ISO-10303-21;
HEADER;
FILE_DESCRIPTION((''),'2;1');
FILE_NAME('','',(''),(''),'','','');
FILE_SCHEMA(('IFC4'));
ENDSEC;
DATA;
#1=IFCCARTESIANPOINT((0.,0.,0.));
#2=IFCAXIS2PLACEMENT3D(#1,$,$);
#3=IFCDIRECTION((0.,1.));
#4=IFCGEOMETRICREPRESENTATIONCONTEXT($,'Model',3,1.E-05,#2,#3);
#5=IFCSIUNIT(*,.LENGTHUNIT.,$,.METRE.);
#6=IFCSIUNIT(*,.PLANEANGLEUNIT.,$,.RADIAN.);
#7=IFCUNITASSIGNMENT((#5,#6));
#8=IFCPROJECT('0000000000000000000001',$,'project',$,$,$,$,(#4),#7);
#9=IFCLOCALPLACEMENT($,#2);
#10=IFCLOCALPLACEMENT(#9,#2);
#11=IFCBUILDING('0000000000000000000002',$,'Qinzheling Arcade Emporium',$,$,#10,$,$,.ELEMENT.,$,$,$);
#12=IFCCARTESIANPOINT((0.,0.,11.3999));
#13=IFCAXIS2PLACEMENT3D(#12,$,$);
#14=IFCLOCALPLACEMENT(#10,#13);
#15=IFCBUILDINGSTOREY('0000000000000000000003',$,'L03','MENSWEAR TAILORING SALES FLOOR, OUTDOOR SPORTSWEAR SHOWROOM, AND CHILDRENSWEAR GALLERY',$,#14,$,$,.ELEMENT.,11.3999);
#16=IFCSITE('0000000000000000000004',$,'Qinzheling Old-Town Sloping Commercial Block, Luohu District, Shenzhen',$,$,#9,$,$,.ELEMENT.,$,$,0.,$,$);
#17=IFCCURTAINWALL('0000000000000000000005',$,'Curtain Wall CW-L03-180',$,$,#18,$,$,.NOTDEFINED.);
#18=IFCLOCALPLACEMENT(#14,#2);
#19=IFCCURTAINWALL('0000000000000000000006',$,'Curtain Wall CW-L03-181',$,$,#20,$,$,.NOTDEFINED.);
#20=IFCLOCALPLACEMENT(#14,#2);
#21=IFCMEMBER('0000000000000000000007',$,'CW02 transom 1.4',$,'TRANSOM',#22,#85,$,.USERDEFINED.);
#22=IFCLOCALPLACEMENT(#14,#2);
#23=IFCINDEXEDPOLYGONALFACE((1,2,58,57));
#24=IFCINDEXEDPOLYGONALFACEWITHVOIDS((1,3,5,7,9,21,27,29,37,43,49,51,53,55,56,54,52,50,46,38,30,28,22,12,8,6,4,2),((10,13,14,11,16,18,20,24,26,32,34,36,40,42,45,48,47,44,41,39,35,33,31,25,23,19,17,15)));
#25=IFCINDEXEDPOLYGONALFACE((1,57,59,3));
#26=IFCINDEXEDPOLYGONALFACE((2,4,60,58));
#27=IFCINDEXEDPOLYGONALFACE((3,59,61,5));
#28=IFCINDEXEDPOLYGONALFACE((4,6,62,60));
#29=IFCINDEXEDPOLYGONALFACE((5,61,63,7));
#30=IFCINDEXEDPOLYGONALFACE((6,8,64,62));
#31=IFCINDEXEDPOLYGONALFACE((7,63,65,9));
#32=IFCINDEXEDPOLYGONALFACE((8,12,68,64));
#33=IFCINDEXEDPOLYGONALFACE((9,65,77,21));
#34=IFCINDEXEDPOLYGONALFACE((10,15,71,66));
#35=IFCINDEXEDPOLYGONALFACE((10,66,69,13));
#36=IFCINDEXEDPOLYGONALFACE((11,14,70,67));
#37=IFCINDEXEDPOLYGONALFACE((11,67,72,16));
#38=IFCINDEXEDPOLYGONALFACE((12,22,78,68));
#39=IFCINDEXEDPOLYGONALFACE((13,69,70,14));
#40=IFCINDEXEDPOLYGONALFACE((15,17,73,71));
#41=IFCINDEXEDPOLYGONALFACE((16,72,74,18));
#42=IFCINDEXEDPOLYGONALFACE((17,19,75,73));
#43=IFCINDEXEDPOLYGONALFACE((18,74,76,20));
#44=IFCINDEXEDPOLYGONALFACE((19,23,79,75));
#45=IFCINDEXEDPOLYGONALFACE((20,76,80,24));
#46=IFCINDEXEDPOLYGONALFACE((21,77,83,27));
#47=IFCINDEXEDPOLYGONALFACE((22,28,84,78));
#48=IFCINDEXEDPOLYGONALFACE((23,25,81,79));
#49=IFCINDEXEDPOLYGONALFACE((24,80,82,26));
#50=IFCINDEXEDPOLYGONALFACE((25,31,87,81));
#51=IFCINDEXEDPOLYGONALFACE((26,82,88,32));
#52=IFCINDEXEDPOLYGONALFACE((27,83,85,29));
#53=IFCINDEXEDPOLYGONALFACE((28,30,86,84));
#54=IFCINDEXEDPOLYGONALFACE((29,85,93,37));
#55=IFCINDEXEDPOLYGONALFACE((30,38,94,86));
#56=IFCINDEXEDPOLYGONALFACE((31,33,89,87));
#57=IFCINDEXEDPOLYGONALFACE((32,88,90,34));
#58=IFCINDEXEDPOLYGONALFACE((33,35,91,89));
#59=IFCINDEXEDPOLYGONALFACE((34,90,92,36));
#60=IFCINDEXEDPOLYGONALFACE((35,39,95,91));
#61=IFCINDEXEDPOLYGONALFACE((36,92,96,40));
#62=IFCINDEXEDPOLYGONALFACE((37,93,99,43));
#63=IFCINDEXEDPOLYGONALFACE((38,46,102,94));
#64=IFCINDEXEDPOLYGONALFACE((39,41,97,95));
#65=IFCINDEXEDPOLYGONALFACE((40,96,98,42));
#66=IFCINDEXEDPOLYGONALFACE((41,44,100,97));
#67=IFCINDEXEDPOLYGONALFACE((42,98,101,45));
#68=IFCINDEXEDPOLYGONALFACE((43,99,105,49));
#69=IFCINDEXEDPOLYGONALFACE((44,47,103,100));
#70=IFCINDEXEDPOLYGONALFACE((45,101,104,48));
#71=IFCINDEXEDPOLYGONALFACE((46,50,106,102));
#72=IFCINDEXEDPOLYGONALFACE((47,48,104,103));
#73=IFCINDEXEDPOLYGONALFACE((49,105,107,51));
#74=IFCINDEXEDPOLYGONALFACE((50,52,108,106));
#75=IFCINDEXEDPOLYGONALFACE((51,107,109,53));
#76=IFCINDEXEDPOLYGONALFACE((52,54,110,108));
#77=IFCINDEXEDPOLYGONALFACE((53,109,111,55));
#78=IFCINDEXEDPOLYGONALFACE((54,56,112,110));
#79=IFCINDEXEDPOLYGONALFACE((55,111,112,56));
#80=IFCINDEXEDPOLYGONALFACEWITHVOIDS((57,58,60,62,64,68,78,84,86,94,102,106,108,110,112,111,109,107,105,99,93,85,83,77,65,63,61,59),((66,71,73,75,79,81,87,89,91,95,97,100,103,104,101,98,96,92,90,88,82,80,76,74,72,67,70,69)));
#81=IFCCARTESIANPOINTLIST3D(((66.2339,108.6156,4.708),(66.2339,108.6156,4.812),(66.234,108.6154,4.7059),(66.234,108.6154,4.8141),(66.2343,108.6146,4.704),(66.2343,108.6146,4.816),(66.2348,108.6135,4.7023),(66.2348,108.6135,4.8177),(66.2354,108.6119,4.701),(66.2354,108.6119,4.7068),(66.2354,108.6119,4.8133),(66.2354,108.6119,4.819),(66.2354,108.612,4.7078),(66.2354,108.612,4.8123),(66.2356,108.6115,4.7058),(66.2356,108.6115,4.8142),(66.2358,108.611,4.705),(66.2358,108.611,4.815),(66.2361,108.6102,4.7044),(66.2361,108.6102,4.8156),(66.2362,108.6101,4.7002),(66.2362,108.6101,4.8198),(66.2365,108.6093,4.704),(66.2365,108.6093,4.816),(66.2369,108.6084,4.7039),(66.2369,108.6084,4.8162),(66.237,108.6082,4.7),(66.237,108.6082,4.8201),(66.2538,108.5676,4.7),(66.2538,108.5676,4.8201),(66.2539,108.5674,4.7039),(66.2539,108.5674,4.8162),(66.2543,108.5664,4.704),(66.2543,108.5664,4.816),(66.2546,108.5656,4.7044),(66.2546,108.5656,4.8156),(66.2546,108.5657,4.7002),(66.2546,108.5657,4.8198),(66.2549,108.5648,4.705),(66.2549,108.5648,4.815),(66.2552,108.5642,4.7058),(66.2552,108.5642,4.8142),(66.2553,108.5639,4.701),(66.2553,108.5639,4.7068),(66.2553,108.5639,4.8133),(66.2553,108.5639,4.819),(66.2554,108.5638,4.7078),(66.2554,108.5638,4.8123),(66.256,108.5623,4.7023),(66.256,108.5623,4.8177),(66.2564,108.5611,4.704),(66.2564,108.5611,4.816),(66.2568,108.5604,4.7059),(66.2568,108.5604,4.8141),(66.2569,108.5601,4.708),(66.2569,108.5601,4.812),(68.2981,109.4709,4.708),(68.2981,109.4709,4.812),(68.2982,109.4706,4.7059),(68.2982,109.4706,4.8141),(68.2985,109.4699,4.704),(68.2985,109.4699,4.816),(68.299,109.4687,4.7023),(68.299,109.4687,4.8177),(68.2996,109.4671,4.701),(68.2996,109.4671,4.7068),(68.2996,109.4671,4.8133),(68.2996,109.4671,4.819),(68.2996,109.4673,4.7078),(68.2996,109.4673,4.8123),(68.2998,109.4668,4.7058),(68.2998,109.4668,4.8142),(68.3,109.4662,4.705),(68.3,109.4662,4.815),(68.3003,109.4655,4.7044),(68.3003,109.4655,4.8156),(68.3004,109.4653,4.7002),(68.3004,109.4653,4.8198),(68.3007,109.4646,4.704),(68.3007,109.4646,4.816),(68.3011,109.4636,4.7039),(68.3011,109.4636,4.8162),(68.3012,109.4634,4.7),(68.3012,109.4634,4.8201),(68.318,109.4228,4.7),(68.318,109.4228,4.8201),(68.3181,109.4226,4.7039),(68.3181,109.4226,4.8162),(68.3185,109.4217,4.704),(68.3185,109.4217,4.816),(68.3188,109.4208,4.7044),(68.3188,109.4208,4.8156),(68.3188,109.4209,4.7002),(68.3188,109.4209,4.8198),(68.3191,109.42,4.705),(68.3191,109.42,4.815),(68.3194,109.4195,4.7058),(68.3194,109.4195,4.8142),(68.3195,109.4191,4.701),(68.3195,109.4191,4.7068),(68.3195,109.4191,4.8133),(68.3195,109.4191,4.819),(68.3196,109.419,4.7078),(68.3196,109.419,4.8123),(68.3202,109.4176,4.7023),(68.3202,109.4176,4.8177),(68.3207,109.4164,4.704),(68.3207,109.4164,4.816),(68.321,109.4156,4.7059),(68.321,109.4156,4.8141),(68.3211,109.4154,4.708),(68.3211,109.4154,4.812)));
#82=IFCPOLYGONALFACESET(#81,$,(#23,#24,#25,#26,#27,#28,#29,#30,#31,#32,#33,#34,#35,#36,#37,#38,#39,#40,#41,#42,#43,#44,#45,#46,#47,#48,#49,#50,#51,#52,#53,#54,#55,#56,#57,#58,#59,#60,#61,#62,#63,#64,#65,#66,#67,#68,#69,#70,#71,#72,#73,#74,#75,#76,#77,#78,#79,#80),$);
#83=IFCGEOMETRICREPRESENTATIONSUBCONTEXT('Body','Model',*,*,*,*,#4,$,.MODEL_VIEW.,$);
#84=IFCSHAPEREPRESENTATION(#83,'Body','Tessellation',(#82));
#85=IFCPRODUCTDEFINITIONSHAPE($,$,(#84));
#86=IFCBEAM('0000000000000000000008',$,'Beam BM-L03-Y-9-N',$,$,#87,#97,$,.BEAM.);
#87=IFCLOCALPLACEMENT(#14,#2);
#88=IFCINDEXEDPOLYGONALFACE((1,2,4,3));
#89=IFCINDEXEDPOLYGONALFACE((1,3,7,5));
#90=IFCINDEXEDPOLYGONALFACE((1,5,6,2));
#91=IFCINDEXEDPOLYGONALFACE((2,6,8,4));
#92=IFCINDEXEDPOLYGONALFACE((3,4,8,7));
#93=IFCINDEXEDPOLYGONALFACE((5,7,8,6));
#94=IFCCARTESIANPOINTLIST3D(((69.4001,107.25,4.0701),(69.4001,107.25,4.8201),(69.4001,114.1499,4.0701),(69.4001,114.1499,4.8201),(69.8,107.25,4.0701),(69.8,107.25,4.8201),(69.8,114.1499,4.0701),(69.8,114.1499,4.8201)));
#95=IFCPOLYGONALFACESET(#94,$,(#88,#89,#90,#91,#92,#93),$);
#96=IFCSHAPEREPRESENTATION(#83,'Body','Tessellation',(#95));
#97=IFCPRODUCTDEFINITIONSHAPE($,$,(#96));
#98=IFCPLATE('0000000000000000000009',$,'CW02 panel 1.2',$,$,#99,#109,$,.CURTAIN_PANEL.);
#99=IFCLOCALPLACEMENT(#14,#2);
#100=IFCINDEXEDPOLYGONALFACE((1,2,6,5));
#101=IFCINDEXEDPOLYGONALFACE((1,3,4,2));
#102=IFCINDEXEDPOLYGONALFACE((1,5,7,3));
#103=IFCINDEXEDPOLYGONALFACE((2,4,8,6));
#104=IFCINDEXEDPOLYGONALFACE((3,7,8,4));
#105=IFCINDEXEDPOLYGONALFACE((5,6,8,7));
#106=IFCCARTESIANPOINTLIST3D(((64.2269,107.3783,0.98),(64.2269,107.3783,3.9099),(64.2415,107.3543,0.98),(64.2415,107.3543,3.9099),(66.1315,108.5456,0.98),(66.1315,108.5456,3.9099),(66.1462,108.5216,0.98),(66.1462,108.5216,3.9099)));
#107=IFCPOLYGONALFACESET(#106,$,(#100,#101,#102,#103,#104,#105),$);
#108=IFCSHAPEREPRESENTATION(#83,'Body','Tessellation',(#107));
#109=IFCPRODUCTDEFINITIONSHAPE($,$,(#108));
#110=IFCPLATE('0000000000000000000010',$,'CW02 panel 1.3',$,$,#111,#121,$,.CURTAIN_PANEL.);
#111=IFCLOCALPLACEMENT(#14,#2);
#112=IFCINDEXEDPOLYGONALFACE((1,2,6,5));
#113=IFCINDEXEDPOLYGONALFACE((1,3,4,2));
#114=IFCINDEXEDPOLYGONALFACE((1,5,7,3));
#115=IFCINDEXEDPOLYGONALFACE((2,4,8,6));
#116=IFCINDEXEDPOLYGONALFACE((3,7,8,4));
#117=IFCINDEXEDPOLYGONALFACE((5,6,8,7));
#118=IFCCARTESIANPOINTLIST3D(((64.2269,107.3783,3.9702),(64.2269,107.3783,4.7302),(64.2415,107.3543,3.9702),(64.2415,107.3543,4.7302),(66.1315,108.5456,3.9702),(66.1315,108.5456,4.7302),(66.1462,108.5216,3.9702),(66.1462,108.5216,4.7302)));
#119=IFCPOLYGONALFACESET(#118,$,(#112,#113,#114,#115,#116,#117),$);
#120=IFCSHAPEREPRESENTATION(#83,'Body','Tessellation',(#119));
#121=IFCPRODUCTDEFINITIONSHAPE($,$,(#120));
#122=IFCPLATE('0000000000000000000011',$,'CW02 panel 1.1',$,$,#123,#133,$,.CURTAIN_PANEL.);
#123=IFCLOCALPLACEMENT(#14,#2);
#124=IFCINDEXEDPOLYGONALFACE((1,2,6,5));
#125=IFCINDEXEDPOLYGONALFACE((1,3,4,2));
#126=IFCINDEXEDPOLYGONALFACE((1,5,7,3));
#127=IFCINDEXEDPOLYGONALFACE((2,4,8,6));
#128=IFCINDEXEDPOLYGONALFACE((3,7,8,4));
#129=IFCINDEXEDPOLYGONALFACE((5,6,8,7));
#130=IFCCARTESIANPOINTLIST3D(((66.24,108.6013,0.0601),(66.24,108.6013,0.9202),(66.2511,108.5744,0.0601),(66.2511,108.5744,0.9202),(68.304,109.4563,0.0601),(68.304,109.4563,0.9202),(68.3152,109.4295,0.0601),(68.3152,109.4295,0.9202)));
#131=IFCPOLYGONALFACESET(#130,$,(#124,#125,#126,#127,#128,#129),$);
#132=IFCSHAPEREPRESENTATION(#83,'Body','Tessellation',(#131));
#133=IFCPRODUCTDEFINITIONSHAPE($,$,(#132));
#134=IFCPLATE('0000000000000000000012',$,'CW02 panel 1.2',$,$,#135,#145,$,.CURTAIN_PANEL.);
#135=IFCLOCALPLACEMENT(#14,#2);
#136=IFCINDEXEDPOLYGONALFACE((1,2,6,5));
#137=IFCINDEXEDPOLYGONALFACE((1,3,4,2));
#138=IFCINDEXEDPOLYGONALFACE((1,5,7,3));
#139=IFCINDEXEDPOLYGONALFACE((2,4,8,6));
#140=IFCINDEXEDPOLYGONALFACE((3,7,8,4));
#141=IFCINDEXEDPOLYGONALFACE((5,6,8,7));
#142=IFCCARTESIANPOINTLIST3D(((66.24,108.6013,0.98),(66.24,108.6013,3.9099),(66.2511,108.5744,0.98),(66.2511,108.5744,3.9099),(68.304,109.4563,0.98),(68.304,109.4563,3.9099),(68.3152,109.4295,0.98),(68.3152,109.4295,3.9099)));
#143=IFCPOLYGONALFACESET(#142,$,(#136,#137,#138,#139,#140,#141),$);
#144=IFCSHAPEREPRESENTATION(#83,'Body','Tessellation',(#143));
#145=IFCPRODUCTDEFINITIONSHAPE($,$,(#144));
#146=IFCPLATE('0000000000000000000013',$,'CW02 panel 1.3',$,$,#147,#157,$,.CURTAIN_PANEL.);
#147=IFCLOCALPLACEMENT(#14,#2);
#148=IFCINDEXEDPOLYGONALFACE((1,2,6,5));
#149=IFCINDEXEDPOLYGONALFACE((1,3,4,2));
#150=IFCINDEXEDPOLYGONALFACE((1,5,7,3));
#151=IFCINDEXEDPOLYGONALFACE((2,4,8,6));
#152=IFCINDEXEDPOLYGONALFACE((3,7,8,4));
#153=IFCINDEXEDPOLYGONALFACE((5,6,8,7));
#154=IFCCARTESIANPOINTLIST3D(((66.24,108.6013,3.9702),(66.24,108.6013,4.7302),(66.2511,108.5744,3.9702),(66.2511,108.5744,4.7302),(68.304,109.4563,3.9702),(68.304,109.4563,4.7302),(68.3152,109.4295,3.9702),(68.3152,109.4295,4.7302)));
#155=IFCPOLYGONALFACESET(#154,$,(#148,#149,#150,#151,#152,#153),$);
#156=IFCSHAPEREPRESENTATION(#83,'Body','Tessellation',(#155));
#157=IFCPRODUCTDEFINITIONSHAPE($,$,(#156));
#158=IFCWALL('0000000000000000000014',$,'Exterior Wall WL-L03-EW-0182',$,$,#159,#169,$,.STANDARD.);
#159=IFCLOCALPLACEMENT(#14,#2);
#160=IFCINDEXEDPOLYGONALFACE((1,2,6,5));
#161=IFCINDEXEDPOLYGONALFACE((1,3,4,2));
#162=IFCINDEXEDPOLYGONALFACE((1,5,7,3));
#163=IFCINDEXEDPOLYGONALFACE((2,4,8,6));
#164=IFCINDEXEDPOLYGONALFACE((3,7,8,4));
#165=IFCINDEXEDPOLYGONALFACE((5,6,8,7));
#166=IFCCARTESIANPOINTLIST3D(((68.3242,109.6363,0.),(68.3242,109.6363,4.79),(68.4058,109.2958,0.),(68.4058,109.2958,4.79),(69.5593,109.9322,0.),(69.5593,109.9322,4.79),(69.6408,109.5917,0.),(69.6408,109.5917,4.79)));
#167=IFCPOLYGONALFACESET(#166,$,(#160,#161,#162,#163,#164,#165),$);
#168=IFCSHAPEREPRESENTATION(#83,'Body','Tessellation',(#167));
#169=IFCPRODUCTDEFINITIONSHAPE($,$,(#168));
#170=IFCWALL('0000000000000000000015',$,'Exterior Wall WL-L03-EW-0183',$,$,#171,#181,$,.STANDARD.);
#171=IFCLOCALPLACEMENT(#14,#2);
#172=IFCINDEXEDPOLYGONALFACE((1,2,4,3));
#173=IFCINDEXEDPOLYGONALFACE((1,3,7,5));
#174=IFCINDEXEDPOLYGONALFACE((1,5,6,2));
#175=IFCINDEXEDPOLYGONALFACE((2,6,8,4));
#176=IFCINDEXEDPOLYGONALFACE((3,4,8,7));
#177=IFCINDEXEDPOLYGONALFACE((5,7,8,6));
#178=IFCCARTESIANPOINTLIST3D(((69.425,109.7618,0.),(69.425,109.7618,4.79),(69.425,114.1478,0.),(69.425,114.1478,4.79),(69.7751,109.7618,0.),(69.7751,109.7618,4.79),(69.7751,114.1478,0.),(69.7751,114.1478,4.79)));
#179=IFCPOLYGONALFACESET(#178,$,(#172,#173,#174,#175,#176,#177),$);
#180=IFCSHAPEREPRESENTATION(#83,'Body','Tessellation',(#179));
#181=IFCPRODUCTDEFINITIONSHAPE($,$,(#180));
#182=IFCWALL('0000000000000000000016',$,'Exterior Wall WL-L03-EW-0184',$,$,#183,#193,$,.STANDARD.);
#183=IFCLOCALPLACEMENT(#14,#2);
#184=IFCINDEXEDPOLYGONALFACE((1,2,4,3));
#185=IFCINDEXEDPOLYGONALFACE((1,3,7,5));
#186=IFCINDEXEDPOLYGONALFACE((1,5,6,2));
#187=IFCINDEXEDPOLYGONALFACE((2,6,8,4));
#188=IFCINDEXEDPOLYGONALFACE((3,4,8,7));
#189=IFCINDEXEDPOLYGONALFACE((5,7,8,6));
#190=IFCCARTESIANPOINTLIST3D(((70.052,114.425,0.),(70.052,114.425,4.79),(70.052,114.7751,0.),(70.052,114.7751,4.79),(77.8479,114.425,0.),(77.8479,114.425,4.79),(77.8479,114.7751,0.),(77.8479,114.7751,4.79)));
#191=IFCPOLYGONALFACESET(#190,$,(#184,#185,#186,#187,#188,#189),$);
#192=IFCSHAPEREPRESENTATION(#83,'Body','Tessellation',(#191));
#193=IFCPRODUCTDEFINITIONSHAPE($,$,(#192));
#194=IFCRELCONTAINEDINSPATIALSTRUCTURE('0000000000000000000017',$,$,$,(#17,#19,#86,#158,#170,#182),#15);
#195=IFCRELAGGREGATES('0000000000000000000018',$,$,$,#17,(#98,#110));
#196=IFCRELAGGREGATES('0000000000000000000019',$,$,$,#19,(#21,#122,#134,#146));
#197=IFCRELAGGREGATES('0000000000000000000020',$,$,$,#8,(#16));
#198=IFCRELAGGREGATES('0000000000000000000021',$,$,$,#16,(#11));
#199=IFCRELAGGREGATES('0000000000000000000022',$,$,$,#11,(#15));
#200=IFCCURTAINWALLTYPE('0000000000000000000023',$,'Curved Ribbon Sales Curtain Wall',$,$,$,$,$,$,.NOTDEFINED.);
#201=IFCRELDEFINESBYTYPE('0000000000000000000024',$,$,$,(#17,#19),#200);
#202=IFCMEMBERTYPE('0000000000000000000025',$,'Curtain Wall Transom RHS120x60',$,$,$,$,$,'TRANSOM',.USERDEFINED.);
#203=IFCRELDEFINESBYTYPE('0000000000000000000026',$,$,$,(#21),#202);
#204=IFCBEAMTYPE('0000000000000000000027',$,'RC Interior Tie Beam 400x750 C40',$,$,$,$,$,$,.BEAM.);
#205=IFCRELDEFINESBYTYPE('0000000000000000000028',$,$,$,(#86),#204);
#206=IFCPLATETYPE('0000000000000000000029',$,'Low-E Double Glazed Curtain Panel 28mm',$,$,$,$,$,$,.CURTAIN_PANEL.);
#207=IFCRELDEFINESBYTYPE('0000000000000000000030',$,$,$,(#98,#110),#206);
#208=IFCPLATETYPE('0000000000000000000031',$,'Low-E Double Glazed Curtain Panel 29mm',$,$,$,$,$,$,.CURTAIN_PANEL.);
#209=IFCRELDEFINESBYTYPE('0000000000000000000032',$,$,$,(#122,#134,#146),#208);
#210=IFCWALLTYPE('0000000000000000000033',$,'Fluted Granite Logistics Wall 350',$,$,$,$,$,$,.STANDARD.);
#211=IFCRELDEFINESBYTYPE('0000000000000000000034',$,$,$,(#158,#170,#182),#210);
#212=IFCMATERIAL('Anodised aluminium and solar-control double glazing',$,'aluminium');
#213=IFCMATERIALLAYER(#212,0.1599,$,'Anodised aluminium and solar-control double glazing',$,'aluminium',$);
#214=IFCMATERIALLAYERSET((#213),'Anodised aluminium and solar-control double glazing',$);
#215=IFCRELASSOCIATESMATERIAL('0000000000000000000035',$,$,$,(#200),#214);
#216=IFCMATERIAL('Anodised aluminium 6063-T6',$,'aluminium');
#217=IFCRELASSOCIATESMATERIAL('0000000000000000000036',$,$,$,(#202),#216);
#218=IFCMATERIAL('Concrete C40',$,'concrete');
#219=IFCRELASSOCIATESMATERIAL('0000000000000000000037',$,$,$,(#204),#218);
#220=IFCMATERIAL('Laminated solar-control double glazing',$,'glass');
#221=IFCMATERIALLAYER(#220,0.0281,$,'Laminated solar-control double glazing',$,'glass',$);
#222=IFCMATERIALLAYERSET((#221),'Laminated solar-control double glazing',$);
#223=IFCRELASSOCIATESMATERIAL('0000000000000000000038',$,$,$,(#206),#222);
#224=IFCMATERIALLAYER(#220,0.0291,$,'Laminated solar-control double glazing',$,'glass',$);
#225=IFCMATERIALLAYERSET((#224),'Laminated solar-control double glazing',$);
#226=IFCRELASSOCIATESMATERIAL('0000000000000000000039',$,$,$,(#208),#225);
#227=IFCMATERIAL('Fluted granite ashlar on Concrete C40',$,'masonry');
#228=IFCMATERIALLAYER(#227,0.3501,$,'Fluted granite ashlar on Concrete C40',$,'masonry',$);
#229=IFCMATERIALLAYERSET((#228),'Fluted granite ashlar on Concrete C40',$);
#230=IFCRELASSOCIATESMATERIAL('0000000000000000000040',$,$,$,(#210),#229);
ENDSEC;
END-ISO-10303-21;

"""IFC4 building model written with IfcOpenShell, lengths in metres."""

from ifc_helpers import new_model, si_unit, direction, frame, frame_2d, origin, origin_2d, place, context, subcontext, project, spatial, rectangle, hollow_rectangle, extrude, material, layer, layer_set, material_profile, profile_set, type_object, element, aggregate, save


model = new_model("IFC4")

# Units and contexts
model_context = context("Model", 3, precision=1e-05, world=origin(), true_north=direction((0.0, 1.0)))
body_context = subcontext(model_context, "Body", "Model", "MODEL_VIEW")
ifc_project = project(units=[si_unit("LENGTHUNIT", "METRE"), si_unit("PLANEANGLEUNIT", "RADIAN")], contexts=[model_context])

# Site, building, storey
site_placement = place(None, origin())
site = spatial("IfcSite", under=ifc_project, at=site_placement, Name="Qinzheling Old-Town Sloping Commercial Block, Luohu District, Shenzhen", CompositionType="ELEMENT", RefElevation=0.0)
building_placement = place(site_placement, origin())
building = spatial("IfcBuilding", under=site, at=building_placement, Name="Qinzheling Arcade Emporium", CompositionType="ELEMENT")
storey_placement = place(building_placement, frame((0.0, 0.0, 11.3999)))
storey = spatial("IfcBuildingStorey", under=building, at=storey_placement, Name="L03", Description="MENSWEAR TAILORING SALES FLOOR, OUTDOOR SPORTSWEAR SHOWROOM, AND CHILDRENSWEAR GALLERY", CompositionType="ELEMENT", Elevation=11.3999)

# Curtain wall
ifc_material_1 = material(Name="Anodised aluminium and solar-control double glazing", Category="aluminium")
ifc_layer_1 = layer(ifc_material_1, 0.1599, Name="Anodised aluminium and solar-control double glazing", Category="aluminium")
ifc_layer_set_1 = layer_set([ifc_layer_1], Name="Anodised aluminium and solar-control double glazing")
curtain_wall_type = type_object("IfcCurtainWallType", Name="Curved Ribbon Sales Curtain Wall", PredefinedType="NOTDEFINED", material=ifc_layer_set_1)
curtain_wall_1_placement = place(storey_placement, origin())
curtain_wall_1 = element("IfcCurtainWall", 1, at=curtain_wall_1_placement, inside=storey, type_object=curtain_wall_type, Name="Curtain Wall CW-L03-180", PredefinedType="NOTDEFINED")
ifc_material_2 = material(Name="Anodised aluminium 6063-T6", Category="aluminium")

# Curtain wall, member
curtain_wall_2_placement = place(storey_placement, origin())
curtain_wall_2 = element("IfcCurtainWall", 2, at=curtain_wall_2_placement, inside=storey, type_object=curtain_wall_type, Name="Curtain Wall CW-L03-181", PredefinedType="NOTDEFINED")
ifc_material_profile_1 = material_profile(ifc_material_2, hollow_rectangle(XDim=0.0601, YDim=0.1201, WallThickness=0.0039, InnerFilletRadius=0.0039, OuterFilletRadius=0.0081, at=origin_2d()), Name="RHS 120x60x4", Category="aluminium")
ifc_profile_set_1 = profile_set([ifc_material_profile_1], Name="Anodised aluminium 6063-T6")
member_type_1 = type_object("IfcMemberType", Name="Curtain Wall Transom RHS120x60", ElementType="TRANSOM", PredefinedType="USERDEFINED", material=ifc_profile_set_1)
member_1_placement = place(storey_placement, frame((66.2454, 108.5879, 4.76), z_axis=(0.923848, 0.38276, 0.0), x_axis=(-0.38276, 0.923848, 0.0)))
member_1 = element("IfcMember", 3, at=member_1_placement, type_object=member_type_1, Name="CW02 transom 1.4", ObjectType="TRANSOM", PredefinedType="USERDEFINED", context=body_context, shape_type="SweptSolid", body=[
    extrude(hollow_rectangle(XDim=0.0601, YDim=0.1201, WallThickness=0.0039, InnerFilletRadius=0.0039, OuterFilletRadius=0.0081, at=origin_2d()), origin(), (0.0, 0.0, 1.0), 2.2344),
])

# Beam
ifc_material_3 = material(Name="Concrete C40", Category="concrete")
ifc_material_profile_2 = material_profile(ifc_material_3, rectangle(XDim=0.3999, YDim=0.75, at=origin_2d()), Name="RC 400x750", Category="concrete")
ifc_profile_set_2 = profile_set([ifc_material_profile_2], Name="Concrete C40")
beam_type = type_object("IfcBeamType", Name="RC Interior Tie Beam 400x750 C40", PredefinedType="BEAM", material=ifc_profile_set_2)
beam_placement = place(storey_placement, frame((69.6001, 107.25, 4.4451), z_axis=(0.0, 1.0, 0.0), x_axis=(-1.0, 0.0, 0.0)))
element("IfcBeam", 4, at=beam_placement, inside=storey, type_object=beam_type, Name="Beam BM-L03-Y-9-N", PredefinedType="BEAM", context=body_context, shape_type="SweptSolid", body=[
    extrude(rectangle(XDim=0.3999, YDim=0.75, at=origin_2d()), origin(), (0.0, 0.0, 1.0), 6.8999),
])

# Plates
ifc_material_4 = material(Name="Laminated solar-control double glazing", Category="glass")
ifc_layer_2 = layer(ifc_material_4, 0.0281, Name="Laminated solar-control double glazing", Category="glass")
ifc_layer_set_2 = layer_set([ifc_layer_2], Name="Laminated solar-control double glazing")
plate_type_1 = type_object("IfcPlateType", Name="Low-E Double Glazed Curtain Panel 28mm", PredefinedType="CURTAIN_PANEL", material=ifc_layer_set_2)
plate_1_placement = place(storey_placement, frame((65.1865, 107.95, 0.98), z_axis=(0.0, 0.0, 1.0), x_axis=(0.85262, 0.522532, 0.0)))
plate_1 = element("IfcPlate", 5, at=plate_1_placement, type_object=plate_type_1, Name="CW02 panel 1.2", PredefinedType="CURTAIN_PANEL", context=body_context, shape_type="SweptSolid", body=[
    extrude(rectangle(XDim=2.2339, YDim=0.0281, at=origin_2d()), origin(), (0.0, 0.0, 1.0), 2.9299),
])
plate_2_placement = place(storey_placement, frame((65.1865, 107.95, 3.9702), z_axis=(0.0, 0.0, 1.0), x_axis=(0.85262, 0.522532, 0.0)))
plate_2 = element("IfcPlate", 6, at=plate_2_placement, type_object=plate_type_1, Name="CW02 panel 1.3", PredefinedType="CURTAIN_PANEL", context=body_context, shape_type="SweptSolid", body=[
    extrude(rectangle(XDim=2.2339, YDim=0.0281, at=origin_2d()), origin(), (0.0, 0.0, 1.0), 0.76),
])
aggregate(curtain_wall_1, [plate_1, plate_2])
ifc_layer_3 = layer(ifc_material_4, 0.0291, Name="Laminated solar-control double glazing", Category="glass")
ifc_layer_set_3 = layer_set([ifc_layer_3], Name="Laminated solar-control double glazing")
plate_type_2 = type_object("IfcPlateType", Name="Low-E Double Glazed Curtain Panel 29mm", PredefinedType="CURTAIN_PANEL", material=ifc_layer_set_3)
plate_3_placement = place(storey_placement, frame((67.2776, 109.0154, 0.0601), z_axis=(0.0, 0.0, 1.0), x_axis=(0.923867, 0.382714, 0.0)))
plate_3 = element("IfcPlate", 7, at=plate_3_placement, type_object=plate_type_2, Name="CW02 panel 1.1", PredefinedType="CURTAIN_PANEL", context=body_context, shape_type="SweptSolid", body=[
    extrude(rectangle(XDim=2.2341, YDim=0.0291, at=origin_2d()), origin(), (0.0, 0.0, 1.0), 0.8601),
])
plate_4_placement = place(storey_placement, frame((67.2776, 109.0154, 0.98), z_axis=(0.0, 0.0, 1.0), x_axis=(0.923867, 0.382714, 0.0)))
plate_4 = element("IfcPlate", 8, at=plate_4_placement, type_object=plate_type_2, Name="CW02 panel 1.2", PredefinedType="CURTAIN_PANEL", context=body_context, shape_type="SweptSolid", body=[
    extrude(rectangle(XDim=2.2341, YDim=0.0291, at=origin_2d()), origin(), (0.0, 0.0, 1.0), 2.9299),
])
plate_5_placement = place(storey_placement, frame((67.2776, 109.0154, 3.9702), z_axis=(0.0, 0.0, 1.0), x_axis=(0.923867, 0.382714, 0.0)))
plate_5 = element("IfcPlate", 9, at=plate_5_placement, type_object=plate_type_2, Name="CW02 panel 1.3", PredefinedType="CURTAIN_PANEL", context=body_context, shape_type="SweptSolid", body=[
    extrude(rectangle(XDim=2.2341, YDim=0.0291, at=origin_2d()), origin(), (0.0, 0.0, 1.0), 0.76),
])
aggregate(curtain_wall_2, [member_1, plate_3, plate_4, plate_5])

# Walls
ifc_material_5 = material(Name="Fluted granite ashlar on Concrete C40", Category="masonry")
ifc_layer_4 = layer(ifc_material_5, 0.3501, Name="Fluted granite ashlar on Concrete C40", Category="masonry")
ifc_layer_set_4 = layer_set([ifc_layer_4], Name="Fluted granite ashlar on Concrete C40")
wall_type_1 = type_object("IfcWallType", Name="Fluted Granite Logistics Wall 350", PredefinedType="STANDARD", material=ifc_layer_set_4)
wall_1_placement = place(storey_placement, frame((68.365, 109.4661, 0.0), z_axis=(0.0, 0.0, 1.0), x_axis=(0.972481, 0.23298, 0.0)))
element("IfcWall", 10, at=wall_1_placement, inside=storey, type_object=wall_type_1, Name="Exterior Wall WL-L03-EW-0182", PredefinedType="STANDARD", context=body_context, shape_type="SweptSolid", body=[
    extrude(rectangle(XDim=1.27, YDim=0.3501, at=frame_2d((0.635, 0.0))), origin(), (0.0, 0.0, 1.0), 4.79),
])
wall_2_placement = place(storey_placement, frame((69.6001, 109.762, 0.0), z_axis=(0.0, 0.0, 1.0), x_axis=(0.0, 1.0, 0.0)))
element("IfcWall", 11, at=wall_2_placement, inside=storey, type_object=wall_type_1, Name="Exterior Wall WL-L03-EW-0183", PredefinedType="STANDARD", context=body_context, shape_type="SweptSolid", body=[
    extrude(rectangle(XDim=4.386, YDim=0.3501, at=frame_2d((2.1929, 0.0))), origin(), (0.0, 0.0, 1.0), 4.79),
])
wall_3_placement = place(storey_placement, frame((70.052, 114.6001, 0.0), z_axis=(0.0, 0.0, 1.0), x_axis=(1.0, 0.0, 0.0)))
element("IfcWall", 12, at=wall_3_placement, inside=storey, type_object=wall_type_1, Name="Exterior Wall WL-L03-EW-0184", PredefinedType="STANDARD", context=body_context, shape_type="SweptSolid", body=[
    extrude(rectangle(XDim=7.7959, YDim=0.3501, at=frame_2d((3.8979, 0.0))), origin(), (0.0, 0.0, 1.0), 4.79),
])

save(model, "model.ifc")
